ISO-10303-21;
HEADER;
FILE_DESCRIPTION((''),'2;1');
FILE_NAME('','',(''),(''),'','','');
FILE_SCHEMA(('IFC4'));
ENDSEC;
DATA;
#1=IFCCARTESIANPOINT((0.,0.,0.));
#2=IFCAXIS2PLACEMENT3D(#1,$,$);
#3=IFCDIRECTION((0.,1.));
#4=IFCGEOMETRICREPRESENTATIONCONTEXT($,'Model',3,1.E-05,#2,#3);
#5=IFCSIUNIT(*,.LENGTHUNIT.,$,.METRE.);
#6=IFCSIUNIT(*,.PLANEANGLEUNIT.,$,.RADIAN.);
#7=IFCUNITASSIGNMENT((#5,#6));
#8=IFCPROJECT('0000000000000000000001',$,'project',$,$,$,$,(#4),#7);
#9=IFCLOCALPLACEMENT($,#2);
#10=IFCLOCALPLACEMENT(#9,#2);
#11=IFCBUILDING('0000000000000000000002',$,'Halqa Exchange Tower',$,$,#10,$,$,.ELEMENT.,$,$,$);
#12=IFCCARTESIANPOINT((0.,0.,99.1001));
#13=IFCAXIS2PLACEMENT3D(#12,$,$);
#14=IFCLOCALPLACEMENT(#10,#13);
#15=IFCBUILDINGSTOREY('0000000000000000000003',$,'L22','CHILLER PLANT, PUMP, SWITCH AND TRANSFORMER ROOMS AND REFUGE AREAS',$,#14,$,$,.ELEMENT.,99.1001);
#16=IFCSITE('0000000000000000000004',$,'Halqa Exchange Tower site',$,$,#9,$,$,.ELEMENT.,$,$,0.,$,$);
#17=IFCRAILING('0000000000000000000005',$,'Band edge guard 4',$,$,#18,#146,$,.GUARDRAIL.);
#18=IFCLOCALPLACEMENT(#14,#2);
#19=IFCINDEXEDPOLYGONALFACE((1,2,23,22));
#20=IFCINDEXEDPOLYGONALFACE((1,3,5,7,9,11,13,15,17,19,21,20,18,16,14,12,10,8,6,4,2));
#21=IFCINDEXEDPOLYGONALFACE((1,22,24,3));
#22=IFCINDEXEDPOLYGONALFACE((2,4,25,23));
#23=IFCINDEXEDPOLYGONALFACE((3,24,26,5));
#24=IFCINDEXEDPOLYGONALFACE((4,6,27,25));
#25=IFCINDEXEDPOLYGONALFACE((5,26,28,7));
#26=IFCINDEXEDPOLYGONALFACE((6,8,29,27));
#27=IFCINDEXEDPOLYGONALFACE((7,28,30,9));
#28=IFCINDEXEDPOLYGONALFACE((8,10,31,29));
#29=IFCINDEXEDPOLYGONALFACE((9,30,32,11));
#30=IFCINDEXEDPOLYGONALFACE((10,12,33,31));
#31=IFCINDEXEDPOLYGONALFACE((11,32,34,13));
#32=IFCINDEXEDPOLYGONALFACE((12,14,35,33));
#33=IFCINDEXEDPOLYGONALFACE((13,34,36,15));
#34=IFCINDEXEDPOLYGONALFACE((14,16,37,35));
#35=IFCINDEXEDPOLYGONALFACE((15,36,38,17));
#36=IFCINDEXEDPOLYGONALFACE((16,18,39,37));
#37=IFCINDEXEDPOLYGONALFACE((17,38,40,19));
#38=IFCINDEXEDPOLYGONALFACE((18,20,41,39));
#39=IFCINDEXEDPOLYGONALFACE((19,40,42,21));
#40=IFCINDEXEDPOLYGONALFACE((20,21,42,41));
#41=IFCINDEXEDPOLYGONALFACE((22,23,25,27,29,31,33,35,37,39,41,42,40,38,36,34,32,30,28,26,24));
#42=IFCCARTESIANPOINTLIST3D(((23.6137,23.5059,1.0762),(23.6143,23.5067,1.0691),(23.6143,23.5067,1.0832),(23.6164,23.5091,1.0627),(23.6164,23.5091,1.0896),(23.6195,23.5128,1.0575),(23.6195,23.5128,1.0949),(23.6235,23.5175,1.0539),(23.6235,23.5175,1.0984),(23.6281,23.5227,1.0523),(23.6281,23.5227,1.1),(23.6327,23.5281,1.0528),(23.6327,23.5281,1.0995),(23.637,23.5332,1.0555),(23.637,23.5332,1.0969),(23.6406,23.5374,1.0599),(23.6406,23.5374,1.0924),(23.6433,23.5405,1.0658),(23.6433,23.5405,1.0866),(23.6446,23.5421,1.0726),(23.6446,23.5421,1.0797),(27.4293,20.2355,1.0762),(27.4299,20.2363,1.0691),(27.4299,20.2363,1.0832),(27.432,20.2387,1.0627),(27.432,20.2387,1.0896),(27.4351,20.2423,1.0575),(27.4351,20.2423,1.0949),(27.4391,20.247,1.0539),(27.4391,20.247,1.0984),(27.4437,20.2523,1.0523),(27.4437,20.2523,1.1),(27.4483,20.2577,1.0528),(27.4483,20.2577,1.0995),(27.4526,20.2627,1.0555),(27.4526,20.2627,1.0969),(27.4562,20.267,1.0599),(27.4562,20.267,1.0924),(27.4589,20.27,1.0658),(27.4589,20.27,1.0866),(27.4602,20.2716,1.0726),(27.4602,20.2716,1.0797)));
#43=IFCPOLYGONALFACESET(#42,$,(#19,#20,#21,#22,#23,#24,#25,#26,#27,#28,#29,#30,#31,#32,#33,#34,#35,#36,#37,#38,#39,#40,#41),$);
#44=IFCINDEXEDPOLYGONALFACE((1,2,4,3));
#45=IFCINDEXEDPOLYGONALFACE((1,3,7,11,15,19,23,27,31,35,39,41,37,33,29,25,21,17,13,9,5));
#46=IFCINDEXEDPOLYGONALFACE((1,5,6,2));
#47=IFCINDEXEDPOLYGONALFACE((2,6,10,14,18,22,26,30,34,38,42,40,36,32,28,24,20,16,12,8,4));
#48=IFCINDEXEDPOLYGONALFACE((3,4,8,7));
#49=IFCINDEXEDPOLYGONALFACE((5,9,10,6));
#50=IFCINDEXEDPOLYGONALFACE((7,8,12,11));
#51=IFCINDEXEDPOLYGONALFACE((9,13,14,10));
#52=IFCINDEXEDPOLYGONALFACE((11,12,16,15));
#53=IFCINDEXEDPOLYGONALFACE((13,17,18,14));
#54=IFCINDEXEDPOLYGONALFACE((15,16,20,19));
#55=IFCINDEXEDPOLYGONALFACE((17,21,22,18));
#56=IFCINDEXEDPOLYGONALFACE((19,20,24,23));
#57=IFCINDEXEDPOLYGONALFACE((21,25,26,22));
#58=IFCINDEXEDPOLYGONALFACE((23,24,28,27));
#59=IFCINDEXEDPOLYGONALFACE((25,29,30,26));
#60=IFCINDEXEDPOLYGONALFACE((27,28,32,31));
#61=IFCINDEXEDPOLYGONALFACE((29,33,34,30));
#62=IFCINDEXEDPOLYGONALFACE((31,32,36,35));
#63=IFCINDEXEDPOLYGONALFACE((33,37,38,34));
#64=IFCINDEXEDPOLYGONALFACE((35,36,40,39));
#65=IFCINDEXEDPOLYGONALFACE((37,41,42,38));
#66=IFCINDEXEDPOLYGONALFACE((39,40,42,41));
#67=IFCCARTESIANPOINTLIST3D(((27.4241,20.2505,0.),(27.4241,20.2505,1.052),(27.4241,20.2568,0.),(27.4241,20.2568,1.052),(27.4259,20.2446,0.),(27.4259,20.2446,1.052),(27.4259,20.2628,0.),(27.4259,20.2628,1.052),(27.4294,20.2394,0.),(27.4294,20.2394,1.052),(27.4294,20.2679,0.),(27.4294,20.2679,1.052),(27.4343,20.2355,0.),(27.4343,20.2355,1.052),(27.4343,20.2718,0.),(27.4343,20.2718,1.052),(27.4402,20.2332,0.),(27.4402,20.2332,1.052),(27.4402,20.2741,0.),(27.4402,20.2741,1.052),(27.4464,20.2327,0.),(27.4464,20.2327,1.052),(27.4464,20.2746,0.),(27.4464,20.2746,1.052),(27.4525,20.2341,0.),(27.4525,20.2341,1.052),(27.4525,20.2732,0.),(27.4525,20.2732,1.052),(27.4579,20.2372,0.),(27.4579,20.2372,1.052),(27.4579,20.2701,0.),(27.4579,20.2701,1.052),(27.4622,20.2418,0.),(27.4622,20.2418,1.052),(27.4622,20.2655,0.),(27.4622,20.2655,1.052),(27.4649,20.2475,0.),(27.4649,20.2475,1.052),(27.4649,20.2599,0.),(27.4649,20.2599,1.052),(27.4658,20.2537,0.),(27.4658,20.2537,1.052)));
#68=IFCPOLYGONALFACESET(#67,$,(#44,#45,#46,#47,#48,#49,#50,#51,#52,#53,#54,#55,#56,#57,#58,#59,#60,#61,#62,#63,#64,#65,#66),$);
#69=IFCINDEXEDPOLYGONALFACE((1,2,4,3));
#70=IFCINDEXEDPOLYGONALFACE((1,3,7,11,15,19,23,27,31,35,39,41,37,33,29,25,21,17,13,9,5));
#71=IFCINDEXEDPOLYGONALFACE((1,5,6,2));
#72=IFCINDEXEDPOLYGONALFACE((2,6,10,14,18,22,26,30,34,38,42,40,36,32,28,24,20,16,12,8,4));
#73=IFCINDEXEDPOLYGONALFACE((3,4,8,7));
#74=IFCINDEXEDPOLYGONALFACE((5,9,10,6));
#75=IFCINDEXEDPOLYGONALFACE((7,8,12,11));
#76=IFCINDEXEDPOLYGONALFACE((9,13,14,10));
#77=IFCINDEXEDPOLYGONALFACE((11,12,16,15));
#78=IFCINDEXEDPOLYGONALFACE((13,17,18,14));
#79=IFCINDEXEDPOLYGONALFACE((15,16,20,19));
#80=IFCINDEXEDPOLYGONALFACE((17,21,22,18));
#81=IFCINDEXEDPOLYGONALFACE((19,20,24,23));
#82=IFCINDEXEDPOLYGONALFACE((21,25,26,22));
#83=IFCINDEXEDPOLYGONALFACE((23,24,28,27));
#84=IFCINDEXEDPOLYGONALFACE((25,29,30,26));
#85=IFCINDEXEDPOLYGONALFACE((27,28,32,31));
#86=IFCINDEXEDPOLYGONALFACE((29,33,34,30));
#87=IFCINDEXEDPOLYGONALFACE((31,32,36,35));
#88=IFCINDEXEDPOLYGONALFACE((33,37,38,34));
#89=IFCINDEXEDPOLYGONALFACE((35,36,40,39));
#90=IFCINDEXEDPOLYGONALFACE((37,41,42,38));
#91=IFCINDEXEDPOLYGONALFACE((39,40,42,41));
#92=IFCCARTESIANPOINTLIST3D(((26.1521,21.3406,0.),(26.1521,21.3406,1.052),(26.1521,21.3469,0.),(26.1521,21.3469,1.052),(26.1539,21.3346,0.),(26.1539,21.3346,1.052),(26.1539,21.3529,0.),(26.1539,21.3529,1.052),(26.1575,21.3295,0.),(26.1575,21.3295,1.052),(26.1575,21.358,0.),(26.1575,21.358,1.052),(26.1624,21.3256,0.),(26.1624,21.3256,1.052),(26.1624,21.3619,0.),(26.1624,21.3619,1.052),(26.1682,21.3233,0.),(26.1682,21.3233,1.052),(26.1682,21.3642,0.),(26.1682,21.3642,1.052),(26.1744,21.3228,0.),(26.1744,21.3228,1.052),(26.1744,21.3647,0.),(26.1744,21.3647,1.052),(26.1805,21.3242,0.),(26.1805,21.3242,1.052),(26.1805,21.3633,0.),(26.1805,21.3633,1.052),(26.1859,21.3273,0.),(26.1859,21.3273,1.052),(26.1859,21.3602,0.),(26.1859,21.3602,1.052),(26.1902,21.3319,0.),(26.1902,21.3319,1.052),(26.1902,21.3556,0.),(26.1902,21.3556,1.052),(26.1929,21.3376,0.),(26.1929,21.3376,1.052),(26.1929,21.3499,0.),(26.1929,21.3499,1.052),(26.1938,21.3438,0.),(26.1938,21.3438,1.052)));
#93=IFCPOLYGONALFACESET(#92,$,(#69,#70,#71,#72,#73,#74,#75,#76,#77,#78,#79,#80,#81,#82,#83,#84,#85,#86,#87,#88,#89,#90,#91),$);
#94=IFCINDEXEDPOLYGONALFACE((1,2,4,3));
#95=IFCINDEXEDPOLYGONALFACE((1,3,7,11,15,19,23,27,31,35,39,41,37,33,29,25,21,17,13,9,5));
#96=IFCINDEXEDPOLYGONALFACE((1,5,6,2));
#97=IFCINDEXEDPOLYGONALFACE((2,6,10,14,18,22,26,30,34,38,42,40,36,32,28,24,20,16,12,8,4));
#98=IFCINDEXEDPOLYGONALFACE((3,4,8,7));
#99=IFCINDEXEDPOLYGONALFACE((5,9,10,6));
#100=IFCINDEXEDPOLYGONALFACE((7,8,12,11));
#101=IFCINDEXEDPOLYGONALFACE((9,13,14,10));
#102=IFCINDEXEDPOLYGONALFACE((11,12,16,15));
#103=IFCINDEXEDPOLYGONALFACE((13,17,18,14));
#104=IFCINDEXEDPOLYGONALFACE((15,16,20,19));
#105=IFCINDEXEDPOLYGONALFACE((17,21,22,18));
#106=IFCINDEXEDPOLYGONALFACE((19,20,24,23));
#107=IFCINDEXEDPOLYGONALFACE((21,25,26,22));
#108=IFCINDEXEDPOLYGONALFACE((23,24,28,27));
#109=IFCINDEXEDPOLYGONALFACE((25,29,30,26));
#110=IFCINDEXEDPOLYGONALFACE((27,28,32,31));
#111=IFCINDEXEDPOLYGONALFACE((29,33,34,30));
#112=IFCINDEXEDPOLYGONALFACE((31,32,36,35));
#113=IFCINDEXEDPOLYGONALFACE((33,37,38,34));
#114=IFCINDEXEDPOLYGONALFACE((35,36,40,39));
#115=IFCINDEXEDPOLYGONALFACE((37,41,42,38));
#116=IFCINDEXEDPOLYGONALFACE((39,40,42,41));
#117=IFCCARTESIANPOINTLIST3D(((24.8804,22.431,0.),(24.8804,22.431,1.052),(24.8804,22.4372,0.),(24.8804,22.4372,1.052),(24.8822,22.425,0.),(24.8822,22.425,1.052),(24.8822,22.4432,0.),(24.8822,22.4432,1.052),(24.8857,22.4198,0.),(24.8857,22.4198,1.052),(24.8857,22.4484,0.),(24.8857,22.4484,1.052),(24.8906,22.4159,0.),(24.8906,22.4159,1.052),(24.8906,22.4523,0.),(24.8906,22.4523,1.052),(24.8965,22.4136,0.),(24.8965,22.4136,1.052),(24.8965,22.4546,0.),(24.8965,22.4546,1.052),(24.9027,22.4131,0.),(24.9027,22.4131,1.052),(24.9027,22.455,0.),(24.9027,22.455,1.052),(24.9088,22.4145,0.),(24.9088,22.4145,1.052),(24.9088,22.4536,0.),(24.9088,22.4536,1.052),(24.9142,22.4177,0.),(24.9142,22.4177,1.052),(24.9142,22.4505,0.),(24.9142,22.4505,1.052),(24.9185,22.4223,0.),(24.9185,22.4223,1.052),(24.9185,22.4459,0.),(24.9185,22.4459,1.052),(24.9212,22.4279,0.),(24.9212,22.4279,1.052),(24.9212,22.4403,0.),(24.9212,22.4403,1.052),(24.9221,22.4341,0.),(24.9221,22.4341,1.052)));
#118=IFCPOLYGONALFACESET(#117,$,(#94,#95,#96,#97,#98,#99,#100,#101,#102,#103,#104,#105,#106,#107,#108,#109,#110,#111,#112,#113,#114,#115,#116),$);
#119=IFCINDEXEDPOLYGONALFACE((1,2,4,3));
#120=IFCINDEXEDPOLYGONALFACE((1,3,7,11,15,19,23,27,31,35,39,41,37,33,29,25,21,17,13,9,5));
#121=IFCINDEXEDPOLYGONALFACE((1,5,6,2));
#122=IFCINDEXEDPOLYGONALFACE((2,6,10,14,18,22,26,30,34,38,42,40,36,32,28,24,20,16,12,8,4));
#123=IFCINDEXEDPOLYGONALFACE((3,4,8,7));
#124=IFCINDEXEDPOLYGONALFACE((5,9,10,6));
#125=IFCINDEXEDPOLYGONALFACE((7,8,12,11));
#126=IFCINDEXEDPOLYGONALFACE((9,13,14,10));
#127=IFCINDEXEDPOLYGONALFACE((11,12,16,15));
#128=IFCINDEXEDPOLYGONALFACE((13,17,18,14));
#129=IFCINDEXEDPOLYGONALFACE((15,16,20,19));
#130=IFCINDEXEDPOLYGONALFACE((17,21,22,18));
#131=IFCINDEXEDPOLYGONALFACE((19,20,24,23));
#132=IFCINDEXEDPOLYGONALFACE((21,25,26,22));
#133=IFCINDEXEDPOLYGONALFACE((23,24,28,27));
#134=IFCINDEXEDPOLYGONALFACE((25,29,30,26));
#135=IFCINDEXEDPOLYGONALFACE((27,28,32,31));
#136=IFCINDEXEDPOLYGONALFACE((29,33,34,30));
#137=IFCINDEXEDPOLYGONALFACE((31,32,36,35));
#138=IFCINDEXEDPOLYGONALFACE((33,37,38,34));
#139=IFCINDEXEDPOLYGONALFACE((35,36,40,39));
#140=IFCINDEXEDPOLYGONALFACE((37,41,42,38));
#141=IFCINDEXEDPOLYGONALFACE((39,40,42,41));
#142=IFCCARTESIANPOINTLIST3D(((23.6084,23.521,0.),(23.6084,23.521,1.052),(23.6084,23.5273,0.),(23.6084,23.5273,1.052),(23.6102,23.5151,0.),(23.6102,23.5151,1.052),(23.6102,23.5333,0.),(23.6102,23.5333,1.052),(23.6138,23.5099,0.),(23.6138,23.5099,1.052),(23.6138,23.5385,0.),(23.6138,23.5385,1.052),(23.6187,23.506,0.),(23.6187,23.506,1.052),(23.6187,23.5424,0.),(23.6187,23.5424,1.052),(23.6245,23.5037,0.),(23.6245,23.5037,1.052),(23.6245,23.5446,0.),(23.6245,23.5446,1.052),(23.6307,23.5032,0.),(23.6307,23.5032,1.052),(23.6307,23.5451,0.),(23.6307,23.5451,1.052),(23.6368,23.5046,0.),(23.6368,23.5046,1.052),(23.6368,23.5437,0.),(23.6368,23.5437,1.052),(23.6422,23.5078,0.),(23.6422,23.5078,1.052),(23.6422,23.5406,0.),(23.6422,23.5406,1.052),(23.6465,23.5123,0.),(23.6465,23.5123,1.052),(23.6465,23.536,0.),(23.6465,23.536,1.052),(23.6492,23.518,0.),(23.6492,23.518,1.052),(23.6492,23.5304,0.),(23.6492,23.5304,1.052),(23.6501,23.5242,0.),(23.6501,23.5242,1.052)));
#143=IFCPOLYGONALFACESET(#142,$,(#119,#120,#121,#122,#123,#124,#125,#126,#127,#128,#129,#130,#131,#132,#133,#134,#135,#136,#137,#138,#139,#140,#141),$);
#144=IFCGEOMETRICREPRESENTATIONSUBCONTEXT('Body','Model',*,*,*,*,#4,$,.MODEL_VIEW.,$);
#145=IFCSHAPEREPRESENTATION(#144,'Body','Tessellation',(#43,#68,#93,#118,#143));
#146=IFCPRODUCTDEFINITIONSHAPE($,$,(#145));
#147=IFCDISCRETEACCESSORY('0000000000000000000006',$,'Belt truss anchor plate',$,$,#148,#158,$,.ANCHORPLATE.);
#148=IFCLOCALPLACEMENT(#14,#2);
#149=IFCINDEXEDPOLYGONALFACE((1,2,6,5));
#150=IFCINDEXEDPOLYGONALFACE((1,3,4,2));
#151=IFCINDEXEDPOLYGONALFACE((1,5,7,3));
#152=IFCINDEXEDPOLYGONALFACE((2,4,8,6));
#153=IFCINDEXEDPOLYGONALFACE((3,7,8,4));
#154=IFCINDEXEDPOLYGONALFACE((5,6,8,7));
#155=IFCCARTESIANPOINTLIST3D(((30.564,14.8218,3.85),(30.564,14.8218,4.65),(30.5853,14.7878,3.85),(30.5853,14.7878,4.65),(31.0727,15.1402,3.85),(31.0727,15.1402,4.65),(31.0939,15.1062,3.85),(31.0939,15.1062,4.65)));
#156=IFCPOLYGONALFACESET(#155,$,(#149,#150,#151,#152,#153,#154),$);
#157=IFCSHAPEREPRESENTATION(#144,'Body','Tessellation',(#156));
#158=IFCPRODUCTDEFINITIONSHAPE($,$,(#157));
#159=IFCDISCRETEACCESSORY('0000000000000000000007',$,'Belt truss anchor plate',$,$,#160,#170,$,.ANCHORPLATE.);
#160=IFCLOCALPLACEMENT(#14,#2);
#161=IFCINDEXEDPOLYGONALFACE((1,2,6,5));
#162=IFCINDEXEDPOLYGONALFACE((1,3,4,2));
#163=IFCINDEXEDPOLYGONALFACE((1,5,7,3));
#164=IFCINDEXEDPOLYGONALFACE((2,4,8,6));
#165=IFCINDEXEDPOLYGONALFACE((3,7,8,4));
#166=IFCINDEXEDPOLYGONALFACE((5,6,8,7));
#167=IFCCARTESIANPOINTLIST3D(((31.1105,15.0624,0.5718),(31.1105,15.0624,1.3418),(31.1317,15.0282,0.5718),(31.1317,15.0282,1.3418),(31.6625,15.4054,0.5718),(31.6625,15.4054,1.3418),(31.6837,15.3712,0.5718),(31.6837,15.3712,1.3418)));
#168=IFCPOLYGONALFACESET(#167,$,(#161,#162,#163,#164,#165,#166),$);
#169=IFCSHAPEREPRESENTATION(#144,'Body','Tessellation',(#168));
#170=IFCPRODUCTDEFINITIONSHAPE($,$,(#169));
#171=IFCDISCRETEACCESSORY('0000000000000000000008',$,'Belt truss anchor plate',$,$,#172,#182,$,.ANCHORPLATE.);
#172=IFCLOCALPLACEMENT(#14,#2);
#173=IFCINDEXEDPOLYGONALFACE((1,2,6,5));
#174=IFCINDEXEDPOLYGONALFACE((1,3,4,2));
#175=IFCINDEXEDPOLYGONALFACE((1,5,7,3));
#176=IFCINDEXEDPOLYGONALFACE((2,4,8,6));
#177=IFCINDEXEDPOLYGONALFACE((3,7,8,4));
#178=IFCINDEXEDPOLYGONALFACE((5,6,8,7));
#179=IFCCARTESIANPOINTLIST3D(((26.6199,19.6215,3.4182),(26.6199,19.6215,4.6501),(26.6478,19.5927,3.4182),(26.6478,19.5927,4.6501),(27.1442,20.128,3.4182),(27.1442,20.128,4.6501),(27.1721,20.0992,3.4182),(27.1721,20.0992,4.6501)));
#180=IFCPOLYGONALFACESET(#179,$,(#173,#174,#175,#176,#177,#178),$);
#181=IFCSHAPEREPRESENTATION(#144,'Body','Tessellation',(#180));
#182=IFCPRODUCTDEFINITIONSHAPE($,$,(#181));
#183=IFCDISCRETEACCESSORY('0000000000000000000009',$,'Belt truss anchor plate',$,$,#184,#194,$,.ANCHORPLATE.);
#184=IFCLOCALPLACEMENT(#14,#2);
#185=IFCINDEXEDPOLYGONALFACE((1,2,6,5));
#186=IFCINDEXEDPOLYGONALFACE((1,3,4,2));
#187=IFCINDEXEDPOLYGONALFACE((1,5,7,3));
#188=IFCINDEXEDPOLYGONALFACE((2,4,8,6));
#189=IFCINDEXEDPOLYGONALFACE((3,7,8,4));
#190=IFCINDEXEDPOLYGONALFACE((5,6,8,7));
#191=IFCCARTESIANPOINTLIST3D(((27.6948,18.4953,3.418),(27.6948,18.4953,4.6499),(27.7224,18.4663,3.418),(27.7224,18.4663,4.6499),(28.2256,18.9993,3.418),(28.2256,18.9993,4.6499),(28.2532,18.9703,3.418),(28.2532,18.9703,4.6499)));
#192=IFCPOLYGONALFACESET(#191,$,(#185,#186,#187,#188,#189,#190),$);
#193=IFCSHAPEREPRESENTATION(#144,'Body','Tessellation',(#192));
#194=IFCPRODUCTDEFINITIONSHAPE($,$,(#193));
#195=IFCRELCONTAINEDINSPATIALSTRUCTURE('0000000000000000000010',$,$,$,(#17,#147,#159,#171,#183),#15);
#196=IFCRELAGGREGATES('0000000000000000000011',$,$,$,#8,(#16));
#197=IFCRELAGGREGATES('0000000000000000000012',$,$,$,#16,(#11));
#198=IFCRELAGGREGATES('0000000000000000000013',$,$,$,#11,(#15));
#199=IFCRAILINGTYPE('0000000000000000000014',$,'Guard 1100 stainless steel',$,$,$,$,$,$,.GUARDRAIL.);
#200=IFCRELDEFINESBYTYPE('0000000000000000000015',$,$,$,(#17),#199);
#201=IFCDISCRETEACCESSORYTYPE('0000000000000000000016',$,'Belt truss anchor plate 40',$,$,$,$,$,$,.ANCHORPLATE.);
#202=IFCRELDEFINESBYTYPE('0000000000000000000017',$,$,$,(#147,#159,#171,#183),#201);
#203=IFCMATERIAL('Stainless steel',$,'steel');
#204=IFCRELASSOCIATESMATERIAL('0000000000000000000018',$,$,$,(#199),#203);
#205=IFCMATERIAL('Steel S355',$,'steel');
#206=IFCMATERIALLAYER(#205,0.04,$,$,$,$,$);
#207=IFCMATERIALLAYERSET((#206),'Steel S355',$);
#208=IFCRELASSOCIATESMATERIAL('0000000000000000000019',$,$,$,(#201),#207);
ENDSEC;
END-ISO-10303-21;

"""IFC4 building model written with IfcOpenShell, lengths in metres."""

from ifc_helpers import new_model, si_unit, direction, frame, origin, origin_2d, place, context, subcontext, project, spatial, rectangle, circle, extrude, material, layer, layer_set, type_object, element, save


model = new_model("IFC4")

# Units and contexts
model_context = context("Model", 3, precision=1e-05, world=origin(), true_north=direction((0.0, 1.0)))
body_context = subcontext(model_context, "Body", "Model", "MODEL_VIEW")
ifc_project = project(units=[si_unit("LENGTHUNIT", "METRE"), si_unit("PLANEANGLEUNIT", "RADIAN")], contexts=[model_context])

# Site, building, storey
site_placement = place(None, origin())
site = spatial("IfcSite", under=ifc_project, at=site_placement, Name="Halqa Exchange Tower site", CompositionType="ELEMENT", RefElevation=0.0)
building_placement = place(site_placement, origin())
building = spatial("IfcBuilding", under=site, at=building_placement, Name="Halqa Exchange Tower", CompositionType="ELEMENT")
storey_placement = place(building_placement, frame((0.0, 0.0, 99.1001)))
storey = spatial("IfcBuildingStorey", under=building, at=storey_placement, Name="L22", Description="CHILLER PLANT, PUMP, SWITCH AND TRANSFORMER ROOMS AND REFUGE AREAS", CompositionType="ELEMENT", Elevation=99.1001)

# Shared definitions
ifc_material_1 = material(Name="Steel S355", Category="steel")

# Railing
ifc_material_2 = material(Name="Stainless steel", Category="steel")
railing_type = type_object("IfcRailingType", Name="Guard 1100 stainless steel", PredefinedType="GUARDRAIL", material=ifc_material_2)
railing_1_placement = place(storey_placement, frame((27.4448, 20.2537, 0.0)))
element("IfcRailing", 1, at=railing_1_placement, inside=storey, type_object=railing_type, Name="Band edge guard 4", PredefinedType="GUARDRAIL", context=body_context, shape_type="SweptSolid", body=[
    extrude(circle(Radius=0.0239, at=origin_2d()), frame((0.0, 0.0, 1.0762), z_axis=(-0.759263, 0.650783, 0.0), x_axis=(-0.650783, -0.759263, 0.0)), (0.0, 0.0, 1.0), 5.0254),
    extrude(circle(Radius=0.021, at=origin_2d()), origin(), (0.0, 0.0, 1.0), 1.052),
    extrude(circle(Radius=0.021, at=origin_2d()), frame((-1.272, 1.0901, 0.0)), (0.0, 0.0, 1.0), 1.052),
    extrude(circle(Radius=0.021, at=origin_2d()), frame((-2.5437, 2.1804, 0.0)), (0.0, 0.0, 1.0), 1.052),
    extrude(circle(Radius=0.021, at=origin_2d()), frame((-3.8157, 3.2705, 0.0)), (0.0, 0.0, 1.0), 1.052),
])

# Discrete accessories
ifc_layer_1 = layer(ifc_material_1, 0.04)
ifc_layer_set_1 = layer_set([ifc_layer_1], Name="Steel S355")
discrete_accessory_type = type_object("IfcDiscreteAccessoryType", Name="Belt truss anchor plate 40", PredefinedType="ANCHORPLATE", material=ifc_layer_set_1)
discrete_accessory_1_placement = place(storey_placement, frame((30.8396, 14.947, 4.25), z_axis=(-0.530547, 0.847656, 0.0), x_axis=(-0.847656, -0.530547, 0.0)))
element("IfcDiscreteAccessory", 2, at=discrete_accessory_1_placement, inside=storey, type_object=discrete_accessory_type, Name="Belt truss anchor plate", PredefinedType="ANCHORPLATE", context=body_context, shape_type="SweptSolid", body=[
    extrude(rectangle(XDim=0.6001, YDim=0.8, at=origin_2d()), origin(), (0.0, 0.0, 1.0), 0.04),
])
discrete_accessory_2_placement = place(storey_placement, frame((31.4077, 15.1997, 0.9568), z_axis=(-0.527816, 0.849359, 0.0), x_axis=(-0.849359, -0.527816, 0.0)))
element("IfcDiscreteAccessory", 3, at=discrete_accessory_2_placement, inside=storey, type_object=discrete_accessory_type, Name="Belt truss anchor plate", PredefinedType="ANCHORPLATE", context=body_context, shape_type="SweptSolid", body=[
    extrude(rectangle(XDim=0.6499, YDim=0.77, at=origin_2d()), origin(), (0.0, 0.0, 1.0), 0.0403),
])
discrete_accessory_3_placement = place(storey_placement, frame((26.9099, 19.8459, 4.0342), z_axis=(-0.694812, 0.719191, 0.0), x_axis=(-0.719191, -0.694812, 0.0)))
element("IfcDiscreteAccessory", 4, at=discrete_accessory_3_placement, inside=storey, type_object=discrete_accessory_type, Name="Belt truss anchor plate", PredefinedType="ANCHORPLATE", context=body_context, shape_type="SweptSolid", body=[
    extrude(rectangle(XDim=0.729, YDim=1.2319, at=origin_2d()), origin(), (0.0, 0.0, 1.0), 0.04),
])
discrete_accessory_4_placement = place(storey_placement, frame((27.9602, 18.7473, 4.0339), z_axis=(0.688589, -0.725152, 0.0), x_axis=(0.725152, 0.688589, 0.0)))
element("IfcDiscreteAccessory", 5, at=discrete_accessory_4_placement, inside=storey, type_object=discrete_accessory_type, Name="Belt truss anchor plate", PredefinedType="ANCHORPLATE", context=body_context, shape_type="SweptSolid", body=[
    extrude(rectangle(XDim=0.7319, YDim=1.2319, at=origin_2d()), origin(), (0.0, 0.0, 1.0), 0.04),
])

save(model, "model.ifc")
